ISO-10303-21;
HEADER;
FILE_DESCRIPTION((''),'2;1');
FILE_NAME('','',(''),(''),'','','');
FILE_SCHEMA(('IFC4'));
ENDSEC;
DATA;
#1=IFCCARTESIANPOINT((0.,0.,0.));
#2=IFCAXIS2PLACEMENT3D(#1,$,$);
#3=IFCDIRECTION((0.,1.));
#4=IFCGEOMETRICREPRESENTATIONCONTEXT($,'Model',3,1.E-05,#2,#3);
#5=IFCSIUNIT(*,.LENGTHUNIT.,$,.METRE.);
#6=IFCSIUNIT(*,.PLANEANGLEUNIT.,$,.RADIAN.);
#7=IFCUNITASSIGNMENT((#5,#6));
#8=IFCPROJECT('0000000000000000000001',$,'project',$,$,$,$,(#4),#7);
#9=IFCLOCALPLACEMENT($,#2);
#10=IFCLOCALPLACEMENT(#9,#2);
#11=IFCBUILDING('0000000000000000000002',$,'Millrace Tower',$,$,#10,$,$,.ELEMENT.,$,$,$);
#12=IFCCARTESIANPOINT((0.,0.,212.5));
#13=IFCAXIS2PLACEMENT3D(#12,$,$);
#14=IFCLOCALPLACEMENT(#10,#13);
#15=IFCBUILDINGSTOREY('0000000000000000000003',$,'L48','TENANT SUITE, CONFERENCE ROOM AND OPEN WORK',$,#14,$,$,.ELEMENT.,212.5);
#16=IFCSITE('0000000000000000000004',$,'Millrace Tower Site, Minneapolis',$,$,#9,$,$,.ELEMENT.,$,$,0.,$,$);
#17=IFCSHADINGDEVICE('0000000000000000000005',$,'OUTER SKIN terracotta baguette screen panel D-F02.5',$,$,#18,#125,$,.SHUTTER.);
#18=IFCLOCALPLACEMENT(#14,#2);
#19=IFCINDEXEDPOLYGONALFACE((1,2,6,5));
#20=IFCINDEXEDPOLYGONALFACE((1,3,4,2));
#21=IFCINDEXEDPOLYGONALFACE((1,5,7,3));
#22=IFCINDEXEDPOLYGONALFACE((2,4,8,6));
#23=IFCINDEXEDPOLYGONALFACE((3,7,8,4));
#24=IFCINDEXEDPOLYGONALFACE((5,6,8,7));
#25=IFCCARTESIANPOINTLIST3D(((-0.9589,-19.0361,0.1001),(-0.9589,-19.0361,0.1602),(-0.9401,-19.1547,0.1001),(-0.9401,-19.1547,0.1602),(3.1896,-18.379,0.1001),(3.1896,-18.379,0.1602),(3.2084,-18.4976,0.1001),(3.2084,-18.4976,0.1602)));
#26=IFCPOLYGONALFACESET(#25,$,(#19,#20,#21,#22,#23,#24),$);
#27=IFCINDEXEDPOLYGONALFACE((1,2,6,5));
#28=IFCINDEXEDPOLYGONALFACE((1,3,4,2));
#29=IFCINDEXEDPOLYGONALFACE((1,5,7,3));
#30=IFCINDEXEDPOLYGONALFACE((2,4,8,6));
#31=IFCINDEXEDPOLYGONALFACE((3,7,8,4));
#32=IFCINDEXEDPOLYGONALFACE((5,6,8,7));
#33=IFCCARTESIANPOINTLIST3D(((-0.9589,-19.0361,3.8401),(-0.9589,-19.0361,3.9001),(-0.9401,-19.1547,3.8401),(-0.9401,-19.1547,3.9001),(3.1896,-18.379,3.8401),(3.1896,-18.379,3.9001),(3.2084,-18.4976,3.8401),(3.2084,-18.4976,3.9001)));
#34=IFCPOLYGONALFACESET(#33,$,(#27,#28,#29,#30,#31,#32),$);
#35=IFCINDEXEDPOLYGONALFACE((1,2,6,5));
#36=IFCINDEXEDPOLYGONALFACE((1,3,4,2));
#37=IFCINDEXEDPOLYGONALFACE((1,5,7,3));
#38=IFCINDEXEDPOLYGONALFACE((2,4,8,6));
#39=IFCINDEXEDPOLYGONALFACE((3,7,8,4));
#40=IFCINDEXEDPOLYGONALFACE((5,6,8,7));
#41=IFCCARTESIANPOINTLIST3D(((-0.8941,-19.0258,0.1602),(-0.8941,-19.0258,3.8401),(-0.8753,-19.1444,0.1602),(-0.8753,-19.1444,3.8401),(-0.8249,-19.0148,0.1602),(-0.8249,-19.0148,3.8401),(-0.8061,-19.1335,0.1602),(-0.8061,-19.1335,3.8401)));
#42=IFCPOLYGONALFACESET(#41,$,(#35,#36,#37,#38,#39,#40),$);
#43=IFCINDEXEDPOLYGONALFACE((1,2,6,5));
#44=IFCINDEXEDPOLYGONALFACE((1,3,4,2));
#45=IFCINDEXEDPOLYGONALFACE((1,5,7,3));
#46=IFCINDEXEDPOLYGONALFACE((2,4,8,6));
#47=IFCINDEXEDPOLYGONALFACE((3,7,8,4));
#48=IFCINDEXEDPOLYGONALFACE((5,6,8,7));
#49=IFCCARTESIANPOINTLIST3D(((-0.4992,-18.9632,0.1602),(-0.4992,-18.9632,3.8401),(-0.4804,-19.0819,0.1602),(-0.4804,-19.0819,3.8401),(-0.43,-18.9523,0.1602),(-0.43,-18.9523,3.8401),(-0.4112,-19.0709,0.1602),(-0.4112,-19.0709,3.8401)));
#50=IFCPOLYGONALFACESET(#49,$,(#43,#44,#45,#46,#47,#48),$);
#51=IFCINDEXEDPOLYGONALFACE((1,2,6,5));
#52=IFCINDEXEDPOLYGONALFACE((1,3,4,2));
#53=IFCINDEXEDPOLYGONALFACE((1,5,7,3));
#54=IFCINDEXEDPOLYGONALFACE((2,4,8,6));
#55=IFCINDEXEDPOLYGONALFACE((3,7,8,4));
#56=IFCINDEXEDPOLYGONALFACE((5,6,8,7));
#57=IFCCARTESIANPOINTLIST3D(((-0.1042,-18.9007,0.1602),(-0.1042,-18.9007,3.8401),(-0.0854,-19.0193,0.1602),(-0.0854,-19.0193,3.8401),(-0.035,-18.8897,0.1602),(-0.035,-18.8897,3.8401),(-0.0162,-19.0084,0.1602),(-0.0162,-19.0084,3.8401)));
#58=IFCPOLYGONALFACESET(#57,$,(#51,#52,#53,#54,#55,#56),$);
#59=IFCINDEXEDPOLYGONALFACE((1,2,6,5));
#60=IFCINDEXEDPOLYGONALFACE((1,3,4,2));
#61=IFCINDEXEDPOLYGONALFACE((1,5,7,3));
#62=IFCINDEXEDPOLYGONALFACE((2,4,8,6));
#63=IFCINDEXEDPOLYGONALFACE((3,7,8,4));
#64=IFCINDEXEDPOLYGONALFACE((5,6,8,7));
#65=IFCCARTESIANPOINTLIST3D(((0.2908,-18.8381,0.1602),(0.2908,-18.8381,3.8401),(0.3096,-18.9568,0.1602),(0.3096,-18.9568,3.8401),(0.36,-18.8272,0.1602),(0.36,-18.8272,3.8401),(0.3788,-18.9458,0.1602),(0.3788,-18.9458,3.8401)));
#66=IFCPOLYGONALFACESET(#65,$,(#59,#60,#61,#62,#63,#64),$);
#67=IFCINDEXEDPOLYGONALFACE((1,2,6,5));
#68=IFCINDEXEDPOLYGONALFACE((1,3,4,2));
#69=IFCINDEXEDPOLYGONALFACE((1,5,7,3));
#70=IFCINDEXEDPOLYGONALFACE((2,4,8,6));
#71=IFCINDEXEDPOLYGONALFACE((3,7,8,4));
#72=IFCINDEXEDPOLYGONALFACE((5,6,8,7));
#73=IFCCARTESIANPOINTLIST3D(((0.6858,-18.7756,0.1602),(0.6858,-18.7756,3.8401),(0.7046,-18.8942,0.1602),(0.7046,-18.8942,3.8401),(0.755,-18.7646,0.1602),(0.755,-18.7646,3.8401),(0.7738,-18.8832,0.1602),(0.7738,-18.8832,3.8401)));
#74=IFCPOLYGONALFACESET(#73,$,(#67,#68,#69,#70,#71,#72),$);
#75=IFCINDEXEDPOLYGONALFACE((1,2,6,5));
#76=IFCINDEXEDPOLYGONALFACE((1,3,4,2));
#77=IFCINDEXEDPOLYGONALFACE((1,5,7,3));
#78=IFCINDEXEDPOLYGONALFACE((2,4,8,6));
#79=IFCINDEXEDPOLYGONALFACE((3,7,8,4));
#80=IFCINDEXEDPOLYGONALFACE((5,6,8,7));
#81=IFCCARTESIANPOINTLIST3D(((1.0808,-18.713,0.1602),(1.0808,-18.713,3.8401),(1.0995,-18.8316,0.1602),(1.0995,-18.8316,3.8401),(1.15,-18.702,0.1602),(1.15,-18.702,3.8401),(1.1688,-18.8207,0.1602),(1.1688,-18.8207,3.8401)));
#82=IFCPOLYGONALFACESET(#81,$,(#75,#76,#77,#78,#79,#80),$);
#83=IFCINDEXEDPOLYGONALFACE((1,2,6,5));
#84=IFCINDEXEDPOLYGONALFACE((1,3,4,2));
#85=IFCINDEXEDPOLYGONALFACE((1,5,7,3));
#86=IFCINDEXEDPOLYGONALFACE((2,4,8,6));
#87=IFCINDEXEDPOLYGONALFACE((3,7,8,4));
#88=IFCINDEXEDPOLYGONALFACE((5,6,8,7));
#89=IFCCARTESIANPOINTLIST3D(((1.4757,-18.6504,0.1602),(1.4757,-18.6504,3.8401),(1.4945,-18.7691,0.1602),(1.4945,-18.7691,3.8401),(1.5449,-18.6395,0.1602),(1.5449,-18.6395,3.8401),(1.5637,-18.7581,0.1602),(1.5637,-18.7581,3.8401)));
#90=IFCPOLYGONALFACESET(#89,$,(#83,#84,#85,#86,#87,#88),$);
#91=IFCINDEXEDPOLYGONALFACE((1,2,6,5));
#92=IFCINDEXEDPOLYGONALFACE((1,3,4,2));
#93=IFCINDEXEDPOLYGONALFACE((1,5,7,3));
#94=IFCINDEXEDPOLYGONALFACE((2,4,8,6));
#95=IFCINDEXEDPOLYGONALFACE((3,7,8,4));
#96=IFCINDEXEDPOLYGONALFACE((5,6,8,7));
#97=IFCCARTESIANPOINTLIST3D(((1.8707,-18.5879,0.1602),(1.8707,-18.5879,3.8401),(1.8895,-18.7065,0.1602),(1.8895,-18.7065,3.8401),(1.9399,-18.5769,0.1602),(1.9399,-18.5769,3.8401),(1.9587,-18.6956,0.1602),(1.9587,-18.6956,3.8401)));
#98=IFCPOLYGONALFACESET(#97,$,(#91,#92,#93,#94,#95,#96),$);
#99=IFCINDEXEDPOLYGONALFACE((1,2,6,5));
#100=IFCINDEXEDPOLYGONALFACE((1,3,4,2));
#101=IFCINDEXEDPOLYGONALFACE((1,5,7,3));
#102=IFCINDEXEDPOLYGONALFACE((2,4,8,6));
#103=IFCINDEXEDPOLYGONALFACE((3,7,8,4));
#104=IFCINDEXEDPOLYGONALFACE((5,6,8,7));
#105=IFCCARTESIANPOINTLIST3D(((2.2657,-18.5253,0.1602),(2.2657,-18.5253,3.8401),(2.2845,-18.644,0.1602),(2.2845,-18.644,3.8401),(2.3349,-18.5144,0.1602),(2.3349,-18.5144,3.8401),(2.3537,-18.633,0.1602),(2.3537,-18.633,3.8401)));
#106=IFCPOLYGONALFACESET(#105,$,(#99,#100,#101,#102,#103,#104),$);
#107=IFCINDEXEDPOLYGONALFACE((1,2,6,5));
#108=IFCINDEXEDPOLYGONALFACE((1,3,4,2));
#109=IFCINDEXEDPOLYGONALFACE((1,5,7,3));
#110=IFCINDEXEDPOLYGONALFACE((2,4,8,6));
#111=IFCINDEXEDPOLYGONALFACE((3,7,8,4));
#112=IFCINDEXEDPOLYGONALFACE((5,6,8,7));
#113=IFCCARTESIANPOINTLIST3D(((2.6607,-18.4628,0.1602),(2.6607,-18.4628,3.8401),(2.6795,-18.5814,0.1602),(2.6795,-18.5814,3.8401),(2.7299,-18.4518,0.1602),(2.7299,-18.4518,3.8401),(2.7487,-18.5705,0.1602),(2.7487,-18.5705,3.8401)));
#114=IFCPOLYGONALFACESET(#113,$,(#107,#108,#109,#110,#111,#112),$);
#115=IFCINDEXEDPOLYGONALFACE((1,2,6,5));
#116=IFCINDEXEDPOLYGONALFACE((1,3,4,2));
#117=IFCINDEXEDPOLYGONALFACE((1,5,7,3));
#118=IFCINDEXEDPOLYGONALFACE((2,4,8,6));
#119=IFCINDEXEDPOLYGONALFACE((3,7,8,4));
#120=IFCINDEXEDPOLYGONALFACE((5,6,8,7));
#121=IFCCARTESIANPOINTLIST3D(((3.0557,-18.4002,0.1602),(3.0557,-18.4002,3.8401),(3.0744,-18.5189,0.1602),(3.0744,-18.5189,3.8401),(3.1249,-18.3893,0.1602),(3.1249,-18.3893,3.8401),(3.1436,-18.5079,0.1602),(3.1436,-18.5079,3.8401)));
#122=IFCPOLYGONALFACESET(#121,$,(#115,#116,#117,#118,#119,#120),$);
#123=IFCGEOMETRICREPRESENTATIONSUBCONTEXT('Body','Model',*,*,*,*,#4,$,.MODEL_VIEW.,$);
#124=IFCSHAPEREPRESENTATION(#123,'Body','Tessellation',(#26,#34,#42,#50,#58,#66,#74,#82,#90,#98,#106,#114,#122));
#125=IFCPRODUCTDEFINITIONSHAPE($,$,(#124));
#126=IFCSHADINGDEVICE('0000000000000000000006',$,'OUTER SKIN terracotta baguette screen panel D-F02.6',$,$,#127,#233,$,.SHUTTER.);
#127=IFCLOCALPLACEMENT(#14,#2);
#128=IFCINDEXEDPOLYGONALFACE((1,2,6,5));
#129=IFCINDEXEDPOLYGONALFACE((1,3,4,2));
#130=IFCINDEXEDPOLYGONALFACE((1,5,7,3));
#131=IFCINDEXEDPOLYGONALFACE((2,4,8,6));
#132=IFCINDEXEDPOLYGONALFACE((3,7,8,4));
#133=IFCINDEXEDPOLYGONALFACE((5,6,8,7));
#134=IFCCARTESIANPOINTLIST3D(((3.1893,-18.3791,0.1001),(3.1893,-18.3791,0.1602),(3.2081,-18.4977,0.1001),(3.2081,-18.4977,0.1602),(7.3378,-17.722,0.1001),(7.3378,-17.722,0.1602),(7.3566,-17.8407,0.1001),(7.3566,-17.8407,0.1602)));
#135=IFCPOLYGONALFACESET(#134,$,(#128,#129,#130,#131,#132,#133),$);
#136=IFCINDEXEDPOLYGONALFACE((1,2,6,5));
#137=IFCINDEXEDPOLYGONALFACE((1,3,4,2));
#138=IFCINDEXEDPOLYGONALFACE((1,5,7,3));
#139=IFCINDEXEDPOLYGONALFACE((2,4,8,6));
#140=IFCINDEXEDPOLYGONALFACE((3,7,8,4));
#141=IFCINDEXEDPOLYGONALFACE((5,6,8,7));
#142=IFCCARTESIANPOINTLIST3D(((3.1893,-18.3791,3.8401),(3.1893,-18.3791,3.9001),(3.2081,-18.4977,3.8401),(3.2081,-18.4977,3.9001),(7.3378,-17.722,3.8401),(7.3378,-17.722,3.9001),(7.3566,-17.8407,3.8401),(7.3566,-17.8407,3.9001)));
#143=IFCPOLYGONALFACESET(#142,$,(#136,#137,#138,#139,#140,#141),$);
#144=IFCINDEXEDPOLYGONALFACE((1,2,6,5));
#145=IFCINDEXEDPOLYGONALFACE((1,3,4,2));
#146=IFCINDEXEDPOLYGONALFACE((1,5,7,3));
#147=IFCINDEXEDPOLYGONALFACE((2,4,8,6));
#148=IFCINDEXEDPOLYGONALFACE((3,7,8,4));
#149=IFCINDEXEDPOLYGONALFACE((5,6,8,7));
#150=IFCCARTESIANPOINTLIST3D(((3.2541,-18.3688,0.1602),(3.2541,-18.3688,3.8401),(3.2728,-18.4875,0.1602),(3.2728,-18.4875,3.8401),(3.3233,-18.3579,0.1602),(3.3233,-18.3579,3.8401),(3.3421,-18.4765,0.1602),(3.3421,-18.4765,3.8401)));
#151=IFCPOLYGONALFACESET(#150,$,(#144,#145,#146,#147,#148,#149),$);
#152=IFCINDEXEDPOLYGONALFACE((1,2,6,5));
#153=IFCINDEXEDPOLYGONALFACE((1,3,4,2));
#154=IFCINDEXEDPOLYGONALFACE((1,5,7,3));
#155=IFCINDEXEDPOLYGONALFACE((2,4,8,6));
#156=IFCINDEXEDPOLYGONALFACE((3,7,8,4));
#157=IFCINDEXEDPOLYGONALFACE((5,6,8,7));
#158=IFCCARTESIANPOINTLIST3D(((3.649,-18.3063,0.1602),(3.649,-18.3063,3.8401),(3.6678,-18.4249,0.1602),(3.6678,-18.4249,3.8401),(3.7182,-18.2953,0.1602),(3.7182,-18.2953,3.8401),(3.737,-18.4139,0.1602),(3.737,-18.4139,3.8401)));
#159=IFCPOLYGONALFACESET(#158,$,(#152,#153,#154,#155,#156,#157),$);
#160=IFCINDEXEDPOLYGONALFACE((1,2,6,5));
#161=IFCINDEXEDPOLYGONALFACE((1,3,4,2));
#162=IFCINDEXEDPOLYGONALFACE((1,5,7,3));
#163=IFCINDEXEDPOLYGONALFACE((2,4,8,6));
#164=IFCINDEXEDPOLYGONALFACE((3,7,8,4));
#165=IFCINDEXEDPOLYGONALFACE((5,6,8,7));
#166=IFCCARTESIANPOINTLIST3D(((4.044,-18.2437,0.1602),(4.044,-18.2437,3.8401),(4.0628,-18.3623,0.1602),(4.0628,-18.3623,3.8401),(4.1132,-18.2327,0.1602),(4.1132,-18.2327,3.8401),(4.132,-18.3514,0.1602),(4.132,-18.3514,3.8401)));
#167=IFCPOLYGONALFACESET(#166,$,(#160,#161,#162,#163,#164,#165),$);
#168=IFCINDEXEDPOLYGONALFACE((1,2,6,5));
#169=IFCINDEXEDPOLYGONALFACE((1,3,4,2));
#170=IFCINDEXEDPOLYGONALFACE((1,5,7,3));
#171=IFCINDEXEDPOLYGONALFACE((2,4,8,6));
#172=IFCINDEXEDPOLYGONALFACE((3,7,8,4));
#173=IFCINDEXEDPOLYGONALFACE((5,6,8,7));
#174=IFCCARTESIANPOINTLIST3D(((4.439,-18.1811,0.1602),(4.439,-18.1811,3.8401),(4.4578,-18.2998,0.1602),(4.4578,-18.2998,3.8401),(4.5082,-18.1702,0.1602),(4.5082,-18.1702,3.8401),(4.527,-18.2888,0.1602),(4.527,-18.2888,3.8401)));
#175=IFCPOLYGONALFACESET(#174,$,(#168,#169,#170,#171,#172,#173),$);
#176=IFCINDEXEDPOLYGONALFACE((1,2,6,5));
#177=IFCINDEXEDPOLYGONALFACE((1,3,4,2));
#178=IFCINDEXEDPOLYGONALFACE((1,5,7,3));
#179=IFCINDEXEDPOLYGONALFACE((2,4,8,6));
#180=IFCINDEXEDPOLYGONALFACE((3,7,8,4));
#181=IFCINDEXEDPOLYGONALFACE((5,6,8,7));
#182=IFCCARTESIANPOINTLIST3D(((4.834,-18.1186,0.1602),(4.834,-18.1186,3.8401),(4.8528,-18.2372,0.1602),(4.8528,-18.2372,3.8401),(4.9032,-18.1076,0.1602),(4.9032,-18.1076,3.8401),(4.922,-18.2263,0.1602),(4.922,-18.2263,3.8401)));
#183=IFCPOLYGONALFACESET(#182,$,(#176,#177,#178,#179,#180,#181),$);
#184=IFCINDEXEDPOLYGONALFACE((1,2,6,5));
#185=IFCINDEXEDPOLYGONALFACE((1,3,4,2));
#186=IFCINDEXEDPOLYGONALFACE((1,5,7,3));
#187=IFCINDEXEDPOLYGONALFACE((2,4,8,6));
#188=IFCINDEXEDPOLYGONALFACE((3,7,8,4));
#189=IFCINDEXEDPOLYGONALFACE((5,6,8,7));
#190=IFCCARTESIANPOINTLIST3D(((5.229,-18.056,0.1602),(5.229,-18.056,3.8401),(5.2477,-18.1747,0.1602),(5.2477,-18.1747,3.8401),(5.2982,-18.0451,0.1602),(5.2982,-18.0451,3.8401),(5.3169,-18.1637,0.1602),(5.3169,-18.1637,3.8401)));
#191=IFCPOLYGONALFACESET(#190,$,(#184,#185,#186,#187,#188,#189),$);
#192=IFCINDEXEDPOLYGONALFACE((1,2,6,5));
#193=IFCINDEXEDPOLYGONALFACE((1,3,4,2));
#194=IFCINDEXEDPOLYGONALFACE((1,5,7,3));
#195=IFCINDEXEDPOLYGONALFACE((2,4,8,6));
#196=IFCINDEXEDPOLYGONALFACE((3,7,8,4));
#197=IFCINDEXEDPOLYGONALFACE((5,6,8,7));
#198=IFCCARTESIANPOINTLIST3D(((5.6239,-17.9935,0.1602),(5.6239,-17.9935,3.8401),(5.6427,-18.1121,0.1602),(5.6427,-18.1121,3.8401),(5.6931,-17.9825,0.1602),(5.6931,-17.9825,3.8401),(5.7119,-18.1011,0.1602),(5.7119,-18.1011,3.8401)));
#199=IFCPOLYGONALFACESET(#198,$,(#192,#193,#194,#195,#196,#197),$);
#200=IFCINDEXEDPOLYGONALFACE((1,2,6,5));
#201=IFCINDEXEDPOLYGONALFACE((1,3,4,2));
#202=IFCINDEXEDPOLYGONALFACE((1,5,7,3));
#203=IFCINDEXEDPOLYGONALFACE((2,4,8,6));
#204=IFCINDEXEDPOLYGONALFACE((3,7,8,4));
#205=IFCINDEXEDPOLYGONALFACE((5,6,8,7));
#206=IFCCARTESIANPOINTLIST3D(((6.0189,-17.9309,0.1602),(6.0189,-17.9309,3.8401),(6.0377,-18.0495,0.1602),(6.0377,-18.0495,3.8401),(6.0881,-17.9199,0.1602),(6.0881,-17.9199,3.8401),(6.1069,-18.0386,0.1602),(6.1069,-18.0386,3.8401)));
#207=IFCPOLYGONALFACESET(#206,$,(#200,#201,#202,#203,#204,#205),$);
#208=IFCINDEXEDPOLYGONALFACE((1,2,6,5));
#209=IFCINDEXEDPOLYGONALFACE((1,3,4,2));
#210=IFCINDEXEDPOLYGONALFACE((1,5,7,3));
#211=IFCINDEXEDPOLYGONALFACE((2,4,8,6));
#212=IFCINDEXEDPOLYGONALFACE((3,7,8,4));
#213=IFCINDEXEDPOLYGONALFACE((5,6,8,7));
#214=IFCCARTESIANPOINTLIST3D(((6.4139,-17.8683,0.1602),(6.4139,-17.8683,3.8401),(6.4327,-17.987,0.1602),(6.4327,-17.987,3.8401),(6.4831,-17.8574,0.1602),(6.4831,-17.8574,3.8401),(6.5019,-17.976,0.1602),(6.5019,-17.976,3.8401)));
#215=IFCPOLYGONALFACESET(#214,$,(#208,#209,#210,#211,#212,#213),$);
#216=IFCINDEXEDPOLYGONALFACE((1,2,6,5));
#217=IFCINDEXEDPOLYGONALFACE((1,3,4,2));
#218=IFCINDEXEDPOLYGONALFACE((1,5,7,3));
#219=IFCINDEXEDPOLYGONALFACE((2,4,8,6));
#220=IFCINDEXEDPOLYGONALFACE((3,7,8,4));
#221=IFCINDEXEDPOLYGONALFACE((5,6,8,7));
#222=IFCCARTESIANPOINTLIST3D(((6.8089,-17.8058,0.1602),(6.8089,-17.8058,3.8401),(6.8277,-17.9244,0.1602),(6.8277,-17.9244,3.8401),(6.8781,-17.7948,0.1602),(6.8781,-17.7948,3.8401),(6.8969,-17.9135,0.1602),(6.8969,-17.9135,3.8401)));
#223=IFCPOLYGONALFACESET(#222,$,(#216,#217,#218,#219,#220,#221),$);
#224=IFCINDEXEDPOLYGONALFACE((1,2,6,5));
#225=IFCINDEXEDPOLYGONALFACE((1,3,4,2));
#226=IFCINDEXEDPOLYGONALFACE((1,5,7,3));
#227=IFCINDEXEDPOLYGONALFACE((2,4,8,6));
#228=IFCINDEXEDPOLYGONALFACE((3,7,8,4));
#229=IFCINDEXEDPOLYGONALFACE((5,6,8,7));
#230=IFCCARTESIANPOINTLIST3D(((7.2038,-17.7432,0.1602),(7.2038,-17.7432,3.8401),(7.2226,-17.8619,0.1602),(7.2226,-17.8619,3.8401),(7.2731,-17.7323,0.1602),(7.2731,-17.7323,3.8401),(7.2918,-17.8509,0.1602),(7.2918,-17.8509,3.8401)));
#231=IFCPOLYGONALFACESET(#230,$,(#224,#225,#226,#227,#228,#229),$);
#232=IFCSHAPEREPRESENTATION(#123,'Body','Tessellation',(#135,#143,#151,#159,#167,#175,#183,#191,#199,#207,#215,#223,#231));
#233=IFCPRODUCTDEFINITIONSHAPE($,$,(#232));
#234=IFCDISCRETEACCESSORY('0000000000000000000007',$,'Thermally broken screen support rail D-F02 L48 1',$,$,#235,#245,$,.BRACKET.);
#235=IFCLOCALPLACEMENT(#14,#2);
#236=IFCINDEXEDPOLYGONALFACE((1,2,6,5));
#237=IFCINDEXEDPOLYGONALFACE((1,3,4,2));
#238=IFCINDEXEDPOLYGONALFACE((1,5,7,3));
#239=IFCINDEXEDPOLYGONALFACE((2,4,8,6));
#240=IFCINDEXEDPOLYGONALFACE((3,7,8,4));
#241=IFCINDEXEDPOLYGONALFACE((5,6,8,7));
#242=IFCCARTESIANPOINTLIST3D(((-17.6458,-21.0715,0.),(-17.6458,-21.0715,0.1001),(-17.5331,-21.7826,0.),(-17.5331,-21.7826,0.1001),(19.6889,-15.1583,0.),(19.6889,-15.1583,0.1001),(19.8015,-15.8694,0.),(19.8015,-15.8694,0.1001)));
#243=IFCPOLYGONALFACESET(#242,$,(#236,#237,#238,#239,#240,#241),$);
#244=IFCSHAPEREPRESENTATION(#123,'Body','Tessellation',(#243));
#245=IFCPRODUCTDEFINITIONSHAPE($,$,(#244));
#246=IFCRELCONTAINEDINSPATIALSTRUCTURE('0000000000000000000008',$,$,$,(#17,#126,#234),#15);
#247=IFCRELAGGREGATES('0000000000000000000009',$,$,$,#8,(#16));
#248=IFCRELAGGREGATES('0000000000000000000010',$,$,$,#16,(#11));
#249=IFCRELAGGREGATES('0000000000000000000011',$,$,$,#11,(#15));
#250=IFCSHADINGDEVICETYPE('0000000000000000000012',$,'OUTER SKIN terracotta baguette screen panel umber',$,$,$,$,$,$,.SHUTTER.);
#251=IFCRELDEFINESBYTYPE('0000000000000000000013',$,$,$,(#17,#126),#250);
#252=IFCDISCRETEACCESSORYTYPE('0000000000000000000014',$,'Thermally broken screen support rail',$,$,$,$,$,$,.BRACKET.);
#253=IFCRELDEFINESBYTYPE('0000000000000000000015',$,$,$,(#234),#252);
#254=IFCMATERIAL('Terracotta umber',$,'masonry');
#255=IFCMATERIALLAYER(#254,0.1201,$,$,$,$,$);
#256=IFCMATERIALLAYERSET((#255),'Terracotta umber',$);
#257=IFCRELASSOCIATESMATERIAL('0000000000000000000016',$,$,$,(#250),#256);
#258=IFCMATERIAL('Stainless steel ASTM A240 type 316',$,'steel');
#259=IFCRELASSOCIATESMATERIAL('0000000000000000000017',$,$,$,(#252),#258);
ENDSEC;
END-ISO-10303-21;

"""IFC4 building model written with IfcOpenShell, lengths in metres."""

from ifc_helpers import new_model, entity, si_unit, direction, frame, frame_2d, origin, origin_2d, place, context, subcontext, project, spatial, rectangle, extrude, source, transform, mapped, material, layer, layer_set, type_object, element, save


model = new_model("IFC4")

# Units and contexts
model_context = context("Model", 3, precision=1e-05, world=origin(), true_north=direction((0.0, 1.0)))
body_context = subcontext(model_context, "Body", "Model", "MODEL_VIEW")
ifc_project = project(units=[si_unit("LENGTHUNIT", "METRE"), si_unit("PLANEANGLEUNIT", "RADIAN")], contexts=[model_context])

# Site, building, storey
site_placement = place(None, origin())
site = spatial("IfcSite", under=ifc_project, at=site_placement, Name="Millrace Tower Site, Minneapolis", CompositionType="ELEMENT", RefElevation=0.0)
building_placement = place(site_placement, origin())
building = spatial("IfcBuilding", under=site, at=building_placement, Name="Millrace Tower", CompositionType="ELEMENT")
storey_placement = place(building_placement, frame((0.0, 0.0, 212.5)))
storey = spatial("IfcBuildingStorey", under=building, at=storey_placement, Name="L48", Description="TENANT SUITE, CONFERENCE ROOM AND OPEN WORK", CompositionType="ELEMENT", Elevation=212.5)

# Shading devices
ifc_material_1 = material(Name="Terracotta umber", Category="masonry")
ifc_layer_1 = layer(ifc_material_1, 0.1201)
ifc_layer_set_1 = layer_set([ifc_layer_1], Name="Terracotta umber")
shading_device_type = type_object("IfcShadingDeviceType", Name="OUTER SKIN terracotta baguette screen panel umber", PredefinedType="SHUTTER", material=ifc_layer_set_1)
cartesian_point = entity("IfcCartesianPoint", [-2.1001, 0.0601])
shared_polyline = entity("IfcPolyline", [cartesian_point, entity("IfcCartesianPoint", [2.1001, 0.0601]), entity("IfcCartesianPoint", [2.1001, -0.0601]), entity("IfcCartesianPoint", [-2.1001, -0.0601]), cartesian_point])
shared_shape = source(origin(), body_context, "Body", "SweptSolid", [
    entity("IfcExtrudedAreaSolid", entity("IfcArbitraryClosedProfileDef", "AREA", None, shared_polyline), entity("IfcAxis2Placement3D", entity("IfcCartesianPoint", [0.0, 0.0, 0.0])), entity("IfcDirection", [0.0, 0.0, 1.0]), 0.0601),
    entity("IfcExtrudedAreaSolid", entity("IfcArbitraryClosedProfileDef", "AREA", None, shared_polyline), entity("IfcAxis2Placement3D", entity("IfcCartesianPoint", [0.0, 0.0, 3.74])), entity("IfcDirection", [0.0, 0.0, 1.0]), 0.0601),
    extrude(rectangle(XDim=0.0701, YDim=0.1201, at=frame_2d((-1.9995, 0.0))), frame((0.0, 0.0, 0.0601)), (0.0, 0.0, 1.0), 3.6799),
    extrude(rectangle(XDim=0.0701, YDim=0.1201, at=frame_2d((-1.5996, 0.0))), frame((0.0, 0.0, 0.0601)), (0.0, 0.0, 1.0), 3.6799),
    extrude(rectangle(XDim=0.0701, YDim=0.1201, at=frame_2d((-1.1997, 0.0))), frame((0.0, 0.0, 0.0601)), (0.0, 0.0, 1.0), 3.6799),
    extrude(rectangle(XDim=0.0701, YDim=0.1201, at=frame_2d((-0.7998, 0.0))), frame((0.0, 0.0, 0.0601)), (0.0, 0.0, 1.0), 3.6799),
    extrude(rectangle(XDim=0.0701, YDim=0.1201, at=frame_2d((-0.3999, 0.0))), frame((0.0, 0.0, 0.0601)), (0.0, 0.0, 1.0), 3.6799),
    extrude(rectangle(XDim=0.0701, YDim=0.1201, at=origin_2d()), frame((0.0, 0.0, 0.0601)), (0.0, 0.0, 1.0), 3.6799),
    extrude(rectangle(XDim=0.0701, YDim=0.1201, at=frame_2d((0.3999, 0.0))), frame((0.0, 0.0, 0.0601)), (0.0, 0.0, 1.0), 3.6799),
    extrude(rectangle(XDim=0.0701, YDim=0.1201, at=frame_2d((0.7998, 0.0))), frame((0.0, 0.0, 0.0601)), (0.0, 0.0, 1.0), 3.6799),
    extrude(rectangle(XDim=0.0701, YDim=0.1201, at=frame_2d((1.1997, 0.0))), frame((0.0, 0.0, 0.0601)), (0.0, 0.0, 1.0), 3.6799),
    extrude(rectangle(XDim=0.0701, YDim=0.1201, at=frame_2d((1.5996, 0.0))), frame((0.0, 0.0, 0.0601)), (0.0, 0.0, 1.0), 3.6799),
    extrude(rectangle(XDim=0.0701, YDim=0.1201, at=frame_2d((1.9995, 0.0))), frame((0.0, 0.0, 0.0601)), (0.0, 0.0, 1.0), 3.6799),
])
for number, where, z_axis, x_axis, name in (
    (1, (1.1248, -18.7668, 0.1001), (0.0, 0.0, 1.0), (0.987688, 0.156434, 0.0), "OUTER SKIN terracotta baguette screen panel D-F02.5"),
    (2, (5.2729, -18.1099, 0.1001), (0.0, 0.0, 1.0), (0.987688, 0.156434, 0.0), "OUTER SKIN terracotta baguette screen panel D-F02.6"),
):
    element("IfcShadingDevice", number, at=place(storey_placement, frame(where, z_axis=z_axis, x_axis=x_axis)), inside=storey, type_object=shading_device_type, Name=name, PredefinedType="SHUTTER", context=body_context, shape_type="MappedRepresentation", body=[
        mapped(shared_shape, transform((0.0, 0.0, 0.0), scale=1.0)),
    ])

# Discrete accessory
ifc_material_2 = material(Name="Stainless steel ASTM A240 type 316", Category="steel")
discrete_accessory_type = type_object("IfcDiscreteAccessoryType", Name="Thermally broken screen support rail", PredefinedType="BRACKET", material=ifc_material_2)
discrete_accessory_placement = place(storey_placement, frame((1.0779, -18.4705, 0.0), z_axis=(0.0, 0.0, 1.0), x_axis=(0.987688, 0.156434, 0.0)))
element("IfcDiscreteAccessory", 3, at=discrete_accessory_placement, inside=storey, type_object=discrete_accessory_type, Name="Thermally broken screen support rail D-F02 L48 1", PredefinedType="BRACKET", context=body_context, shape_type="SweptSolid", body=[
    extrude(rectangle(XDim=37.8, YDim=0.72, at=origin_2d()), origin(), (0.0, 0.0, 1.0), 0.1001),
])

save(model, "model.ifc")
